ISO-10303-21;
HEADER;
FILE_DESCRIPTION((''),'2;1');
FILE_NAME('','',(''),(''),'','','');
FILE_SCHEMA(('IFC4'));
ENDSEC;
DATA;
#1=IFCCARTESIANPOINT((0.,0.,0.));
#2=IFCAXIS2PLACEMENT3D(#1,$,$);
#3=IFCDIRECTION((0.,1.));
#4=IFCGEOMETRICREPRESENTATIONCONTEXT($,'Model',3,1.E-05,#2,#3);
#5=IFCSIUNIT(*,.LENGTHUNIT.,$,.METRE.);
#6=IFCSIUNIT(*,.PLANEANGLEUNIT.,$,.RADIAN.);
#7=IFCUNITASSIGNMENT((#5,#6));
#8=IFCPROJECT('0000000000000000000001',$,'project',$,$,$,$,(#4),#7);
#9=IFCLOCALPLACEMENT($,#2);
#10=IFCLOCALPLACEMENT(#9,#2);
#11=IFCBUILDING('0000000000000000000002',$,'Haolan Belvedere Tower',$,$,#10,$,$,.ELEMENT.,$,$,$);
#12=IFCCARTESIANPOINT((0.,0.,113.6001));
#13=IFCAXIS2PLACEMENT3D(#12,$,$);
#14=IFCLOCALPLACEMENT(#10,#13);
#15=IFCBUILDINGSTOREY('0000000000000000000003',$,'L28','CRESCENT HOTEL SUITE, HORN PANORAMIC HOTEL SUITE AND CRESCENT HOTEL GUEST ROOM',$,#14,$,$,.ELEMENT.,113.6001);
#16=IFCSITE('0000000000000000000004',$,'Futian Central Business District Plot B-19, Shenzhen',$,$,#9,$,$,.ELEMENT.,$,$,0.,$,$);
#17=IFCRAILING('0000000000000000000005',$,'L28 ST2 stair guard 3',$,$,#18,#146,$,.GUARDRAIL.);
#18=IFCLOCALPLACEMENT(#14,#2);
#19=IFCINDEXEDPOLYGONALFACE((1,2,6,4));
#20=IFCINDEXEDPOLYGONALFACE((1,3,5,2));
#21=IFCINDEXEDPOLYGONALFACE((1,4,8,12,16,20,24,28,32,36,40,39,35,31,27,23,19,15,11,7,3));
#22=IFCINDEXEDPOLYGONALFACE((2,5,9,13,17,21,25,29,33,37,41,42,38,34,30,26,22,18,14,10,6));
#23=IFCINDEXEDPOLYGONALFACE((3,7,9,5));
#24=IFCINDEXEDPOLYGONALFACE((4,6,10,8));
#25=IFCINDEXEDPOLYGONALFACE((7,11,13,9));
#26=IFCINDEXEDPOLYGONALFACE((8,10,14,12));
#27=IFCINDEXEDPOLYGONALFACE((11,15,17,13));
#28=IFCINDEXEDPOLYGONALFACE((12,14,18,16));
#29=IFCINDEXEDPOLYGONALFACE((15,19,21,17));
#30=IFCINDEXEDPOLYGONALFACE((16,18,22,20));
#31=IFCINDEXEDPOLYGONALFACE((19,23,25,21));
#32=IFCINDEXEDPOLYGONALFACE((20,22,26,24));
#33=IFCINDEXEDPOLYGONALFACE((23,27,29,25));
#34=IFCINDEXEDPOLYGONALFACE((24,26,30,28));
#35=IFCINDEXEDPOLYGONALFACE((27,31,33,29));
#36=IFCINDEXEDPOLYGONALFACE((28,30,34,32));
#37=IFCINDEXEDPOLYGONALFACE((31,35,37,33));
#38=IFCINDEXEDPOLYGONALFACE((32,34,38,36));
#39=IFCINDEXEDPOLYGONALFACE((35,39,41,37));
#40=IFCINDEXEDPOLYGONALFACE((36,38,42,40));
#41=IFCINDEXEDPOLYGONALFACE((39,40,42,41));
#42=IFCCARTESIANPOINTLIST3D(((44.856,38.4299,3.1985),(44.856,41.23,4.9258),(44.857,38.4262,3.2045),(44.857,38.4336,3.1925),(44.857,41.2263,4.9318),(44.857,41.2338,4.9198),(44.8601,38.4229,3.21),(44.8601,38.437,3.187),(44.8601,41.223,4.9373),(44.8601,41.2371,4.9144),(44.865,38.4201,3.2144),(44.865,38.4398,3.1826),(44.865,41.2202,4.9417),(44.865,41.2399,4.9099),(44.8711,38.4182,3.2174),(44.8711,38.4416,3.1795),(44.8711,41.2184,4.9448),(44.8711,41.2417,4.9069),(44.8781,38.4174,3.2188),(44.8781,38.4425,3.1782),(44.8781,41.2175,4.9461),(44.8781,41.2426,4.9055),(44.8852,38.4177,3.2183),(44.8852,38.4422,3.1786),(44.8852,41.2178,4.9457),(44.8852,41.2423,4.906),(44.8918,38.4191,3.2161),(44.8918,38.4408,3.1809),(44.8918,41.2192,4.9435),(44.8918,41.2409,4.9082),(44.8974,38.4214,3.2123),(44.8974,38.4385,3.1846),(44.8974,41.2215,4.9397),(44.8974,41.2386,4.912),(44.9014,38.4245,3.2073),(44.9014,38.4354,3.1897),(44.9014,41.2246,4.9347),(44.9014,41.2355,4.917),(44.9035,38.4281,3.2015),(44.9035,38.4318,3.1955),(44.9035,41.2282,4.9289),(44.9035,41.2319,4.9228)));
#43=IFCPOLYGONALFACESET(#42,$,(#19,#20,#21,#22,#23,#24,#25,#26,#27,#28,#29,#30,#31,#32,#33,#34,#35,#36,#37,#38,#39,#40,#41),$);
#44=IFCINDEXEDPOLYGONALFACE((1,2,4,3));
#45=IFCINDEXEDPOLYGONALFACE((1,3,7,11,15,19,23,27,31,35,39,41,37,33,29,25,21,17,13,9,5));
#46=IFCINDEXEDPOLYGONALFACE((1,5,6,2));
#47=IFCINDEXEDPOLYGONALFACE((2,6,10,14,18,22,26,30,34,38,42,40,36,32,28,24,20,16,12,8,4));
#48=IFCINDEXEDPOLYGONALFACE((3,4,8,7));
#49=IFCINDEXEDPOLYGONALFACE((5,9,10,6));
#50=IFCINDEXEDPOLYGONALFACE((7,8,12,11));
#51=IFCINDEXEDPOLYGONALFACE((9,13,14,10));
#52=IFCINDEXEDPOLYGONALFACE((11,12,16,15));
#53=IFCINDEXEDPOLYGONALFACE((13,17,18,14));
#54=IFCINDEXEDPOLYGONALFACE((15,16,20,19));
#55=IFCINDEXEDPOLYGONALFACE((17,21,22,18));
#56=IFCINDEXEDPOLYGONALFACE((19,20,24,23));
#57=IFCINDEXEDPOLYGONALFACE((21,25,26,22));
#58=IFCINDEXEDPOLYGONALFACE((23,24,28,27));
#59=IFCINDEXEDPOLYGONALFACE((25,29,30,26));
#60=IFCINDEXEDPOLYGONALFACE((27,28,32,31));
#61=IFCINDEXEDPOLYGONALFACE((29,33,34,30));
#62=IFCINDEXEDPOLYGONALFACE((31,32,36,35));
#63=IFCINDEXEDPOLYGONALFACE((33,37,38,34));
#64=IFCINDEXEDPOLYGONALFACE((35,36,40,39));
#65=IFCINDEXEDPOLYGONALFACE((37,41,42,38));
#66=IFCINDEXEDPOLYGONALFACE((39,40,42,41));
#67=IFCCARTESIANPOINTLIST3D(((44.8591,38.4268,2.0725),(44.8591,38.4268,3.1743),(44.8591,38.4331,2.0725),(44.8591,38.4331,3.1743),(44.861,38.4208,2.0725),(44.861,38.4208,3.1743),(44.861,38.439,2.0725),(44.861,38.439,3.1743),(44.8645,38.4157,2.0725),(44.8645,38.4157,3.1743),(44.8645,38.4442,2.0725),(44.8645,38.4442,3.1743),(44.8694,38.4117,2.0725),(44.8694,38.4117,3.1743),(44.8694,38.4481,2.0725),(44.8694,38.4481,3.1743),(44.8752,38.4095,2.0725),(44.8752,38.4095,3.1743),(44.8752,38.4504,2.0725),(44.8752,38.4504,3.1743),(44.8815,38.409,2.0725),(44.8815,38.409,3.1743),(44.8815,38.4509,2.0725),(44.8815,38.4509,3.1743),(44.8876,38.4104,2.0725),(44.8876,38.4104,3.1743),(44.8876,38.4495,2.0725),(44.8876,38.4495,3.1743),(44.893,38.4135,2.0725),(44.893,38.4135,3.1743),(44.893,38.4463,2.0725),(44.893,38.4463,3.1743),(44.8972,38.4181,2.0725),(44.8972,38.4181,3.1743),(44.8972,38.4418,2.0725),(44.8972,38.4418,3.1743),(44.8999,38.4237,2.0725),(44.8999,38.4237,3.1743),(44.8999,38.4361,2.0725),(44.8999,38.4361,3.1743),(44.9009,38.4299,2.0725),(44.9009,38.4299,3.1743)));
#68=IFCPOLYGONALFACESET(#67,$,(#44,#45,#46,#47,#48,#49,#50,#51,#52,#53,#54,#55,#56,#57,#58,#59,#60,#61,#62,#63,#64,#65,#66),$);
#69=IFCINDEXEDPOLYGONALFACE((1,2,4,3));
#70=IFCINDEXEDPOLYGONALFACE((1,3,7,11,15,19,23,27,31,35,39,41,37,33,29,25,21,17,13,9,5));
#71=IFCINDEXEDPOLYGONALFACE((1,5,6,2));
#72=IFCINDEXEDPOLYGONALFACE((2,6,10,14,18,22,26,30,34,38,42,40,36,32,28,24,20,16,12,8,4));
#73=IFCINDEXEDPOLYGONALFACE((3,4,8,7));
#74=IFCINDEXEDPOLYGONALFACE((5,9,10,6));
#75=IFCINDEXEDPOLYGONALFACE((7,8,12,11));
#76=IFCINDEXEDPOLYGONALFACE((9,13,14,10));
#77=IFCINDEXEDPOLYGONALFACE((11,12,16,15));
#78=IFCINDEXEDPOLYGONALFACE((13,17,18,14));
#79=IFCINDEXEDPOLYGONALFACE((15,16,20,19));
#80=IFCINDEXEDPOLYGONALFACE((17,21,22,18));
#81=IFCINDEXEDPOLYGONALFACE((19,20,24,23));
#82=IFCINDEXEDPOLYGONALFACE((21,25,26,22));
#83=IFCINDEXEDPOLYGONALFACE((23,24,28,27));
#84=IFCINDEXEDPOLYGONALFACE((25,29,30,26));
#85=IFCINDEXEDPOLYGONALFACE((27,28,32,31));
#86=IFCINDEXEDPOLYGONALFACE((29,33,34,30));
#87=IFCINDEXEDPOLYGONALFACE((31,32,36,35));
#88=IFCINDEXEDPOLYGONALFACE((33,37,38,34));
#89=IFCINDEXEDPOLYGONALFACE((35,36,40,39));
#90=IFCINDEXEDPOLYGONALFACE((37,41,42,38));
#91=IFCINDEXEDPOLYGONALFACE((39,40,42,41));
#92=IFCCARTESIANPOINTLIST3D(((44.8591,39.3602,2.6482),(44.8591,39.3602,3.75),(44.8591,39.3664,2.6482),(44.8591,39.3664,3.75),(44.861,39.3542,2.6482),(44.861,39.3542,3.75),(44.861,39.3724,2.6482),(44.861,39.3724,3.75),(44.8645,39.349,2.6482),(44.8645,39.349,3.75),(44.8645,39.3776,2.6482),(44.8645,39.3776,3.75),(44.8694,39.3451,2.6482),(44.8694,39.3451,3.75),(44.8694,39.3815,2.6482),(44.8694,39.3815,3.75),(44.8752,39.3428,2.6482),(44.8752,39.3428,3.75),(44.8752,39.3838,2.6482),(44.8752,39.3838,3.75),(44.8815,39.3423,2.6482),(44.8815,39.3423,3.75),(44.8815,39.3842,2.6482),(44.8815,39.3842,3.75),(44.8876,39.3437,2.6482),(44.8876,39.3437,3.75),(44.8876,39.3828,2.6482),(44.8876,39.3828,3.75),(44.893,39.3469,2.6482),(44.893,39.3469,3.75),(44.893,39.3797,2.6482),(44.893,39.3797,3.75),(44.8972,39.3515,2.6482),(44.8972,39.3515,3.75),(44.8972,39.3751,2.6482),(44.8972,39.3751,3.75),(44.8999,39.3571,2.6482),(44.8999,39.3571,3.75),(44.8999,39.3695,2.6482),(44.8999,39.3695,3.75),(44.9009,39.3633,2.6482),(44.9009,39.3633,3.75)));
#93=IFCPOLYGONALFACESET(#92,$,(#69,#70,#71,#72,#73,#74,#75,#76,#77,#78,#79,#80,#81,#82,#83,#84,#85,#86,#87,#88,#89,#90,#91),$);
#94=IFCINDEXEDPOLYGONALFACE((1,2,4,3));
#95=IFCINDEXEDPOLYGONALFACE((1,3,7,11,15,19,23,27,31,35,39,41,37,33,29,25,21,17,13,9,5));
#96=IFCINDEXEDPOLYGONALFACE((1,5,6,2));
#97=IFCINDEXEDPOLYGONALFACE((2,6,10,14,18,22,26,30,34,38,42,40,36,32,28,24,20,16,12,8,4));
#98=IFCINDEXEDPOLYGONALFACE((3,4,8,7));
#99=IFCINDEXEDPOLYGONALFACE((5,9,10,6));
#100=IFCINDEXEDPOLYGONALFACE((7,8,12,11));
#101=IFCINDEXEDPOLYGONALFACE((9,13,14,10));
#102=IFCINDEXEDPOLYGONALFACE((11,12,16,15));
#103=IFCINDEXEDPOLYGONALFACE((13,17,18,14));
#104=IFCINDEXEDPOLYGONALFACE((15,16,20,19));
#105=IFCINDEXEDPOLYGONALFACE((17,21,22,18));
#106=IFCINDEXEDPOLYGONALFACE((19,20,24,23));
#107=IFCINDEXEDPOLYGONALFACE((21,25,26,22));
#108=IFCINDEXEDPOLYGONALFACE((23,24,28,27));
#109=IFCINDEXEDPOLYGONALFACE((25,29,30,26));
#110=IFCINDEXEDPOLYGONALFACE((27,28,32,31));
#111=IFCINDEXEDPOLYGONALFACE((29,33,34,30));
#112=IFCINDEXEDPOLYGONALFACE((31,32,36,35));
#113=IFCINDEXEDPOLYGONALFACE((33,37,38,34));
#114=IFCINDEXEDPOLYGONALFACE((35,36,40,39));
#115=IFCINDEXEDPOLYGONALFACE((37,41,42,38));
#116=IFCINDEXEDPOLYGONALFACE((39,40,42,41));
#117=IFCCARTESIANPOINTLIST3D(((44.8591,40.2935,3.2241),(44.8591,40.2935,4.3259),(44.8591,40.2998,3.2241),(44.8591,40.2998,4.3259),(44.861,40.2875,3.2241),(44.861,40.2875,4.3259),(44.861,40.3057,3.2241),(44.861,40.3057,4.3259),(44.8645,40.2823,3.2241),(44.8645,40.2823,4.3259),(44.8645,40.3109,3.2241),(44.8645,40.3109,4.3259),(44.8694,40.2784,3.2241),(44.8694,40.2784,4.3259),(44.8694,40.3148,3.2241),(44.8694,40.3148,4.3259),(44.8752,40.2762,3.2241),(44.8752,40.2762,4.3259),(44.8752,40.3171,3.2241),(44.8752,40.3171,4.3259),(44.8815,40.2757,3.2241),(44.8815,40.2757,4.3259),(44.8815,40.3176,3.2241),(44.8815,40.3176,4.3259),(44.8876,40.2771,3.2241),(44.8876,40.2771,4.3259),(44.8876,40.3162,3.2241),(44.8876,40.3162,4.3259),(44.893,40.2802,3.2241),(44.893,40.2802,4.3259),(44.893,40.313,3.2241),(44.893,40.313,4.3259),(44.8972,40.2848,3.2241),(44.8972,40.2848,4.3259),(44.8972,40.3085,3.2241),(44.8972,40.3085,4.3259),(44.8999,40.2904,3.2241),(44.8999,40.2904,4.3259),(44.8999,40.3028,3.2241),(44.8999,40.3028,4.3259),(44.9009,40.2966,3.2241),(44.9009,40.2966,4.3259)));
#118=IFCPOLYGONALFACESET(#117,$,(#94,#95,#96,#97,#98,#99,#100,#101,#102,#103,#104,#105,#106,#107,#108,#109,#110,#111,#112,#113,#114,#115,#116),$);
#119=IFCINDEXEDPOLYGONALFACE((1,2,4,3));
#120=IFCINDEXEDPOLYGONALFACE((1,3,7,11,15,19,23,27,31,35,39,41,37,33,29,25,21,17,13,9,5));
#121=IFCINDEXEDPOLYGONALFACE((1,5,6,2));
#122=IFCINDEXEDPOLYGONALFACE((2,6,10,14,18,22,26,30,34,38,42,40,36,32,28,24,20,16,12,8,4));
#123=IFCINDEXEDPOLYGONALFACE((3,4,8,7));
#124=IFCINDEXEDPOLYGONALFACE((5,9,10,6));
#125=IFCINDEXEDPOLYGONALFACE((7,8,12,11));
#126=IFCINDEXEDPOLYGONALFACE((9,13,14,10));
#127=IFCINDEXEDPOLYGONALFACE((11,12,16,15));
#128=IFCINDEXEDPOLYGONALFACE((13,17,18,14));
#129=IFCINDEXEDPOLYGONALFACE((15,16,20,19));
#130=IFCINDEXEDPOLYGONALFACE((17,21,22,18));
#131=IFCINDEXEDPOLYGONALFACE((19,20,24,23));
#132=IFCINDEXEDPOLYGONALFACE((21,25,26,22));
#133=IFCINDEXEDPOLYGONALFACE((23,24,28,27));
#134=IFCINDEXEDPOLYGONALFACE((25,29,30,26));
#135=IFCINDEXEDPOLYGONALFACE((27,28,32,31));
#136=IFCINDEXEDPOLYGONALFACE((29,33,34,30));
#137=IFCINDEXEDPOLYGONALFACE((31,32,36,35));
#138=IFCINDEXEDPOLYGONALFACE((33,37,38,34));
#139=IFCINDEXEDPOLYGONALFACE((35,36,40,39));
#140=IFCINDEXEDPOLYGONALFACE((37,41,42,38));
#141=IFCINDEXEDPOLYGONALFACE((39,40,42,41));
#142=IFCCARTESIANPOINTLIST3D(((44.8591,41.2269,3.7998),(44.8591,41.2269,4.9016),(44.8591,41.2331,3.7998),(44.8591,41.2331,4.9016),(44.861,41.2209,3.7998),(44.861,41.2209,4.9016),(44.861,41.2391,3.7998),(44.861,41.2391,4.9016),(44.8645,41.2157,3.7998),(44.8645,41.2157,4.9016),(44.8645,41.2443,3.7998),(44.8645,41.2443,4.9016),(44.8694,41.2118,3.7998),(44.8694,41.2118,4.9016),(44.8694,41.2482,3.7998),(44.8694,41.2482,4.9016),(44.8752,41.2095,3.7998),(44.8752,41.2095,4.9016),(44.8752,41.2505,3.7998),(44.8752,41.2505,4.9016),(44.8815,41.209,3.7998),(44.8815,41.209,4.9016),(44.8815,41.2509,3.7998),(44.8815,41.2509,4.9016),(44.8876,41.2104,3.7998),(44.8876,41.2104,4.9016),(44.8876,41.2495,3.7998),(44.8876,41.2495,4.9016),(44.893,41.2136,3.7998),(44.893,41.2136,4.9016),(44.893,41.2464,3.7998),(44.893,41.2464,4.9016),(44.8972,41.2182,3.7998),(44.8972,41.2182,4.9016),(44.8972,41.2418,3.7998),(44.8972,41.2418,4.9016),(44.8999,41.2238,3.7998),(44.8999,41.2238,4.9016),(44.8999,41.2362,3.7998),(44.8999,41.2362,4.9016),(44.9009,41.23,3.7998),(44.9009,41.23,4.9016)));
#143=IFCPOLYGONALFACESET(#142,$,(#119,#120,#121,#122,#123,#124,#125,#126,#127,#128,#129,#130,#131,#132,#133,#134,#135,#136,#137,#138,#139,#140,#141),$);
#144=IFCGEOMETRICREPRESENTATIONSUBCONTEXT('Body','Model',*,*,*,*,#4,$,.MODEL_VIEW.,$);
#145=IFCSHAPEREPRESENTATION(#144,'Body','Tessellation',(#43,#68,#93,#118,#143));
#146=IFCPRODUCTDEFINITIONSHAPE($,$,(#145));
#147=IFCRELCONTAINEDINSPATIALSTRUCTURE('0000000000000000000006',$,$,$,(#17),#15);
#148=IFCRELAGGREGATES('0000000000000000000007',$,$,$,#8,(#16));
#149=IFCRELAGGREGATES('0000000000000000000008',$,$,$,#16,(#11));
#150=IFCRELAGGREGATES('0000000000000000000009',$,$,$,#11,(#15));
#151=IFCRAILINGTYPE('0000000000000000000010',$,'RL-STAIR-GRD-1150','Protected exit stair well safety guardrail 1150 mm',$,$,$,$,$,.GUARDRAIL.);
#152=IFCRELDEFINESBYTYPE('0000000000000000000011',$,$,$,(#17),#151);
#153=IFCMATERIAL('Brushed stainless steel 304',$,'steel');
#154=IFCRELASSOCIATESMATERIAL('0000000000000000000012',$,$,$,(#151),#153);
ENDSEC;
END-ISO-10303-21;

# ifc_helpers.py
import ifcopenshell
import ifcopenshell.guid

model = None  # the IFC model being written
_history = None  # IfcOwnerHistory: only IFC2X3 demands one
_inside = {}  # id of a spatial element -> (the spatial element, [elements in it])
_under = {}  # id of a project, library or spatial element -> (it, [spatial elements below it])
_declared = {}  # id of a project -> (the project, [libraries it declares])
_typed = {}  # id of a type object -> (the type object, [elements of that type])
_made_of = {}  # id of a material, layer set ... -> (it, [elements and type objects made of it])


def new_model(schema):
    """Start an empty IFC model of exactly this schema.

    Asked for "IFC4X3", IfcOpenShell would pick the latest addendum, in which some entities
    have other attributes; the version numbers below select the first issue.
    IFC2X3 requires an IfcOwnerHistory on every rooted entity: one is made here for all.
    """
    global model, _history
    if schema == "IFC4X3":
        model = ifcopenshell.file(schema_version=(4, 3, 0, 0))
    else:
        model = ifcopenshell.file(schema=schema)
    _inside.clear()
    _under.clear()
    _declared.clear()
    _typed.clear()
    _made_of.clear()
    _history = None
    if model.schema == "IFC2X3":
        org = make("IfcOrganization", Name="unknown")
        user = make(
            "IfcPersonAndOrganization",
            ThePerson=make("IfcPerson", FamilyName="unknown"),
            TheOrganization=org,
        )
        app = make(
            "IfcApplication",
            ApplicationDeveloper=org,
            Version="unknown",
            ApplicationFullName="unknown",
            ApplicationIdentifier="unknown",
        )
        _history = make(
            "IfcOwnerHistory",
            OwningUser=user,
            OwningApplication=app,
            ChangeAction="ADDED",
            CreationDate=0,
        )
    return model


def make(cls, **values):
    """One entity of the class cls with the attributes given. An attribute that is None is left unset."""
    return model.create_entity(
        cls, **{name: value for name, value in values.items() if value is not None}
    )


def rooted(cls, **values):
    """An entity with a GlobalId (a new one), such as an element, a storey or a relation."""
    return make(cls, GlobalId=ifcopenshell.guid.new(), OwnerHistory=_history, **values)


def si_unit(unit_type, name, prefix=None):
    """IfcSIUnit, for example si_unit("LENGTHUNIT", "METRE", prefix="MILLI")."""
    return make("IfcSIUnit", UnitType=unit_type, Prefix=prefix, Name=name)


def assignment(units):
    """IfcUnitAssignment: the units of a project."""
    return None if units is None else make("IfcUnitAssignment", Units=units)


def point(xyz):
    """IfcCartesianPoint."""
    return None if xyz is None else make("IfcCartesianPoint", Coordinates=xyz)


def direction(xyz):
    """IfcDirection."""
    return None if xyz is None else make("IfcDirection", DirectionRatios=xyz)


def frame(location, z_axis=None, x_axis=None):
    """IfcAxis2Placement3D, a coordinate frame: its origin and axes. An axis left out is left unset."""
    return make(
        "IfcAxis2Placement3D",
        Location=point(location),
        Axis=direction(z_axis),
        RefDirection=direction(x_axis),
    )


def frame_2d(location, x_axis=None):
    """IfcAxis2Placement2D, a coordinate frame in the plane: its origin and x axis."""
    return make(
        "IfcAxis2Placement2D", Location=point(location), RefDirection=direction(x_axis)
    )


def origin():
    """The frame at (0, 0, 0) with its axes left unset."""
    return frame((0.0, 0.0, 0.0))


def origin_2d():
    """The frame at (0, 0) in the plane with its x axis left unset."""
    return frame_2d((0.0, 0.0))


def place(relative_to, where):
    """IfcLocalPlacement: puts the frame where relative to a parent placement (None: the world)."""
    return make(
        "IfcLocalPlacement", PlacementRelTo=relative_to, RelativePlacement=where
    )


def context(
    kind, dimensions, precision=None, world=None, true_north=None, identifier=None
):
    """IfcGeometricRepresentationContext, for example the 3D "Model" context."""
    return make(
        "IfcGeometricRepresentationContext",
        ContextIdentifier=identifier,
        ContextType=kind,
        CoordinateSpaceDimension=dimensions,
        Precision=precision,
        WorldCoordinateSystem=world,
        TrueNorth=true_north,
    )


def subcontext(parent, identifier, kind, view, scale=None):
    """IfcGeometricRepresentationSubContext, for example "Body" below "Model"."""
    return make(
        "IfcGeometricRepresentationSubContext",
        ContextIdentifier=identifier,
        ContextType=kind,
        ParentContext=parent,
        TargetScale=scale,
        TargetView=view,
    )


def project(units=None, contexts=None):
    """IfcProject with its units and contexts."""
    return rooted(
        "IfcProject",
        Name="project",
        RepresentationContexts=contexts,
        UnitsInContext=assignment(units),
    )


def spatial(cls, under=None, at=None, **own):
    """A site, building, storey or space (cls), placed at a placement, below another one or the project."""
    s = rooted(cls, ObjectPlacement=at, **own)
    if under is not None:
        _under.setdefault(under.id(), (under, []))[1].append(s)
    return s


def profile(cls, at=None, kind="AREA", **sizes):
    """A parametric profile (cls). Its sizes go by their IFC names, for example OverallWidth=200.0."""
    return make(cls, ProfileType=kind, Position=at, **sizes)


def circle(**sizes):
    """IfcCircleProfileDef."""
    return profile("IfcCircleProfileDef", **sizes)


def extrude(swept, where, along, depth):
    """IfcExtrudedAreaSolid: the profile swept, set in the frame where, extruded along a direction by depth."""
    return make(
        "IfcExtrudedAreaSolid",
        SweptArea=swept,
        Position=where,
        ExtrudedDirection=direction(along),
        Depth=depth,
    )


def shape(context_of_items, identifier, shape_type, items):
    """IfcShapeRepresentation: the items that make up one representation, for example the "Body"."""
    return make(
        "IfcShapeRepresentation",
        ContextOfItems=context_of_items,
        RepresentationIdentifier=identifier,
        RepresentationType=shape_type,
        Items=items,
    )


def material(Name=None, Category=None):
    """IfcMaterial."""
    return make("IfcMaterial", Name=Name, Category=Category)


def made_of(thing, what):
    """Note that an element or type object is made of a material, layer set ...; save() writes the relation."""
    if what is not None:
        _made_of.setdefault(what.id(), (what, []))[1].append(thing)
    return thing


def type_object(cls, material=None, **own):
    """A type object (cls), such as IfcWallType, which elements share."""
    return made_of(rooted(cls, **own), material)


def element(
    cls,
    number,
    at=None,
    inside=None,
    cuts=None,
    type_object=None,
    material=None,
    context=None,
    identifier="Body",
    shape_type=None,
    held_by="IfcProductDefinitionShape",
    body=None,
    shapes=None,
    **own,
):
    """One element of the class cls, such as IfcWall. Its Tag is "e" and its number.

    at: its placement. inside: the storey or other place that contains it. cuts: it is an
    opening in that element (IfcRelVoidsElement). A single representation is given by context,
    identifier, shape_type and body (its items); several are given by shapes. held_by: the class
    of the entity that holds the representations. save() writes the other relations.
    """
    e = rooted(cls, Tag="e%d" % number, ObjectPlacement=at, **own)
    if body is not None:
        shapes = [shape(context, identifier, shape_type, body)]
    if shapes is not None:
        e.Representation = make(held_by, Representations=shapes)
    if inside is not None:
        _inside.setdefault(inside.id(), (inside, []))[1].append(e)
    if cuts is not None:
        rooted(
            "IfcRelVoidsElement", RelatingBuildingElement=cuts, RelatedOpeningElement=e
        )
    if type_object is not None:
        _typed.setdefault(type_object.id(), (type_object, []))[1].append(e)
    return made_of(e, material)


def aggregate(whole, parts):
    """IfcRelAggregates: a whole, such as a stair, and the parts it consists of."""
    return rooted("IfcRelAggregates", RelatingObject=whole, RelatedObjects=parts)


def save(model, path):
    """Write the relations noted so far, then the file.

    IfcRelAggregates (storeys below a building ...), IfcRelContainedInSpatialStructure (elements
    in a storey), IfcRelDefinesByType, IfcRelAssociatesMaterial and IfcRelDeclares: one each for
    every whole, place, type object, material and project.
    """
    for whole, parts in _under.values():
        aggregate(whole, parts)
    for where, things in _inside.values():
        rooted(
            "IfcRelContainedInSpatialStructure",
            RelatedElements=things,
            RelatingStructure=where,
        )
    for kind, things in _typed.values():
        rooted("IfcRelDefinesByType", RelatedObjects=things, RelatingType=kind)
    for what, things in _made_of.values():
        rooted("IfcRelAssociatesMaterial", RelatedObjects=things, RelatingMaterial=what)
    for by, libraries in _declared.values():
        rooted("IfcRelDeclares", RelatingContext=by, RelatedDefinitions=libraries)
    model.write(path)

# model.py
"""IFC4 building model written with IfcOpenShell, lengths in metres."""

from ifc_helpers import new_model, si_unit, direction, frame, origin, origin_2d, place, context, subcontext, project, spatial, circle, extrude, material, type_object, element, save


model = new_model("IFC4")

# Units and contexts
model_context = context("Model", 3, precision=1e-05, world=origin(), true_north=direction((0.0, 1.0)))
body_context = subcontext(model_context, "Body", "Model", "MODEL_VIEW")
ifc_project = project(units=[si_unit("LENGTHUNIT", "METRE"), si_unit("PLANEANGLEUNIT", "RADIAN")], contexts=[model_context])

# Site, building, storey
site_placement = place(None, origin())
site = spatial("IfcSite", under=ifc_project, at=site_placement, Name="Futian Central Business District Plot B-19, Shenzhen", CompositionType="ELEMENT", RefElevation=0.0)
building_placement = place(site_placement, origin())
building = spatial("IfcBuilding", under=site, at=building_placement, Name="Haolan Belvedere Tower", CompositionType="ELEMENT")
storey_placement = place(building_placement, frame((0.0, 0.0, 113.6001)))
storey = spatial("IfcBuildingStorey", under=building, at=storey_placement, Name="L28", Description="CRESCENT HOTEL SUITE, HORN PANORAMIC HOTEL SUITE AND CRESCENT HOTEL GUEST ROOM", CompositionType="ELEMENT", Elevation=113.6001)

# Railing
ifc_material_1 = material(Name="Brushed stainless steel 304", Category="steel")
railing_type_1 = type_object("IfcRailingType", Name="RL-STAIR-GRD-1150", Description="Protected exit stair well safety guardrail 1150 mm", PredefinedType="GUARDRAIL", material=ifc_material_1)
railing_1_placement = place(storey_placement, frame((44.8799, 38.4299, 2.0725)))
element("IfcRailing", 1, at=railing_1_placement, inside=storey, type_object=railing_type_1, Name="L28 ST2 stair guard 3", PredefinedType="GUARDRAIL", context=body_context, shape_type="SweptSolid", body=[
    extrude(circle(Radius=0.0239, at=origin_2d()), frame((0.0, 0.0, 1.126), z_axis=(0.0, 0.85109, 0.52502), x_axis=(-1.0, 0.0, 0.0)), (0.0, 0.0, 1.0), 3.29),
    extrude(circle(Radius=0.021, at=origin_2d()), origin(), (0.0, 0.0, 1.0), 1.1018),
    extrude(circle(Radius=0.021, at=origin_2d()), frame((0.0, 0.9333, 0.5757)), (0.0, 0.0, 1.0), 1.1018),
    extrude(circle(Radius=0.021, at=origin_2d()), frame((0.0, 1.8667, 1.1516)), (0.0, 0.0, 1.0), 1.1018),
    extrude(circle(Radius=0.021, at=origin_2d()), frame((0.0, 2.8, 1.7273)), (0.0, 0.0, 1.0), 1.1018),
])

save(model, "model.ifc")
